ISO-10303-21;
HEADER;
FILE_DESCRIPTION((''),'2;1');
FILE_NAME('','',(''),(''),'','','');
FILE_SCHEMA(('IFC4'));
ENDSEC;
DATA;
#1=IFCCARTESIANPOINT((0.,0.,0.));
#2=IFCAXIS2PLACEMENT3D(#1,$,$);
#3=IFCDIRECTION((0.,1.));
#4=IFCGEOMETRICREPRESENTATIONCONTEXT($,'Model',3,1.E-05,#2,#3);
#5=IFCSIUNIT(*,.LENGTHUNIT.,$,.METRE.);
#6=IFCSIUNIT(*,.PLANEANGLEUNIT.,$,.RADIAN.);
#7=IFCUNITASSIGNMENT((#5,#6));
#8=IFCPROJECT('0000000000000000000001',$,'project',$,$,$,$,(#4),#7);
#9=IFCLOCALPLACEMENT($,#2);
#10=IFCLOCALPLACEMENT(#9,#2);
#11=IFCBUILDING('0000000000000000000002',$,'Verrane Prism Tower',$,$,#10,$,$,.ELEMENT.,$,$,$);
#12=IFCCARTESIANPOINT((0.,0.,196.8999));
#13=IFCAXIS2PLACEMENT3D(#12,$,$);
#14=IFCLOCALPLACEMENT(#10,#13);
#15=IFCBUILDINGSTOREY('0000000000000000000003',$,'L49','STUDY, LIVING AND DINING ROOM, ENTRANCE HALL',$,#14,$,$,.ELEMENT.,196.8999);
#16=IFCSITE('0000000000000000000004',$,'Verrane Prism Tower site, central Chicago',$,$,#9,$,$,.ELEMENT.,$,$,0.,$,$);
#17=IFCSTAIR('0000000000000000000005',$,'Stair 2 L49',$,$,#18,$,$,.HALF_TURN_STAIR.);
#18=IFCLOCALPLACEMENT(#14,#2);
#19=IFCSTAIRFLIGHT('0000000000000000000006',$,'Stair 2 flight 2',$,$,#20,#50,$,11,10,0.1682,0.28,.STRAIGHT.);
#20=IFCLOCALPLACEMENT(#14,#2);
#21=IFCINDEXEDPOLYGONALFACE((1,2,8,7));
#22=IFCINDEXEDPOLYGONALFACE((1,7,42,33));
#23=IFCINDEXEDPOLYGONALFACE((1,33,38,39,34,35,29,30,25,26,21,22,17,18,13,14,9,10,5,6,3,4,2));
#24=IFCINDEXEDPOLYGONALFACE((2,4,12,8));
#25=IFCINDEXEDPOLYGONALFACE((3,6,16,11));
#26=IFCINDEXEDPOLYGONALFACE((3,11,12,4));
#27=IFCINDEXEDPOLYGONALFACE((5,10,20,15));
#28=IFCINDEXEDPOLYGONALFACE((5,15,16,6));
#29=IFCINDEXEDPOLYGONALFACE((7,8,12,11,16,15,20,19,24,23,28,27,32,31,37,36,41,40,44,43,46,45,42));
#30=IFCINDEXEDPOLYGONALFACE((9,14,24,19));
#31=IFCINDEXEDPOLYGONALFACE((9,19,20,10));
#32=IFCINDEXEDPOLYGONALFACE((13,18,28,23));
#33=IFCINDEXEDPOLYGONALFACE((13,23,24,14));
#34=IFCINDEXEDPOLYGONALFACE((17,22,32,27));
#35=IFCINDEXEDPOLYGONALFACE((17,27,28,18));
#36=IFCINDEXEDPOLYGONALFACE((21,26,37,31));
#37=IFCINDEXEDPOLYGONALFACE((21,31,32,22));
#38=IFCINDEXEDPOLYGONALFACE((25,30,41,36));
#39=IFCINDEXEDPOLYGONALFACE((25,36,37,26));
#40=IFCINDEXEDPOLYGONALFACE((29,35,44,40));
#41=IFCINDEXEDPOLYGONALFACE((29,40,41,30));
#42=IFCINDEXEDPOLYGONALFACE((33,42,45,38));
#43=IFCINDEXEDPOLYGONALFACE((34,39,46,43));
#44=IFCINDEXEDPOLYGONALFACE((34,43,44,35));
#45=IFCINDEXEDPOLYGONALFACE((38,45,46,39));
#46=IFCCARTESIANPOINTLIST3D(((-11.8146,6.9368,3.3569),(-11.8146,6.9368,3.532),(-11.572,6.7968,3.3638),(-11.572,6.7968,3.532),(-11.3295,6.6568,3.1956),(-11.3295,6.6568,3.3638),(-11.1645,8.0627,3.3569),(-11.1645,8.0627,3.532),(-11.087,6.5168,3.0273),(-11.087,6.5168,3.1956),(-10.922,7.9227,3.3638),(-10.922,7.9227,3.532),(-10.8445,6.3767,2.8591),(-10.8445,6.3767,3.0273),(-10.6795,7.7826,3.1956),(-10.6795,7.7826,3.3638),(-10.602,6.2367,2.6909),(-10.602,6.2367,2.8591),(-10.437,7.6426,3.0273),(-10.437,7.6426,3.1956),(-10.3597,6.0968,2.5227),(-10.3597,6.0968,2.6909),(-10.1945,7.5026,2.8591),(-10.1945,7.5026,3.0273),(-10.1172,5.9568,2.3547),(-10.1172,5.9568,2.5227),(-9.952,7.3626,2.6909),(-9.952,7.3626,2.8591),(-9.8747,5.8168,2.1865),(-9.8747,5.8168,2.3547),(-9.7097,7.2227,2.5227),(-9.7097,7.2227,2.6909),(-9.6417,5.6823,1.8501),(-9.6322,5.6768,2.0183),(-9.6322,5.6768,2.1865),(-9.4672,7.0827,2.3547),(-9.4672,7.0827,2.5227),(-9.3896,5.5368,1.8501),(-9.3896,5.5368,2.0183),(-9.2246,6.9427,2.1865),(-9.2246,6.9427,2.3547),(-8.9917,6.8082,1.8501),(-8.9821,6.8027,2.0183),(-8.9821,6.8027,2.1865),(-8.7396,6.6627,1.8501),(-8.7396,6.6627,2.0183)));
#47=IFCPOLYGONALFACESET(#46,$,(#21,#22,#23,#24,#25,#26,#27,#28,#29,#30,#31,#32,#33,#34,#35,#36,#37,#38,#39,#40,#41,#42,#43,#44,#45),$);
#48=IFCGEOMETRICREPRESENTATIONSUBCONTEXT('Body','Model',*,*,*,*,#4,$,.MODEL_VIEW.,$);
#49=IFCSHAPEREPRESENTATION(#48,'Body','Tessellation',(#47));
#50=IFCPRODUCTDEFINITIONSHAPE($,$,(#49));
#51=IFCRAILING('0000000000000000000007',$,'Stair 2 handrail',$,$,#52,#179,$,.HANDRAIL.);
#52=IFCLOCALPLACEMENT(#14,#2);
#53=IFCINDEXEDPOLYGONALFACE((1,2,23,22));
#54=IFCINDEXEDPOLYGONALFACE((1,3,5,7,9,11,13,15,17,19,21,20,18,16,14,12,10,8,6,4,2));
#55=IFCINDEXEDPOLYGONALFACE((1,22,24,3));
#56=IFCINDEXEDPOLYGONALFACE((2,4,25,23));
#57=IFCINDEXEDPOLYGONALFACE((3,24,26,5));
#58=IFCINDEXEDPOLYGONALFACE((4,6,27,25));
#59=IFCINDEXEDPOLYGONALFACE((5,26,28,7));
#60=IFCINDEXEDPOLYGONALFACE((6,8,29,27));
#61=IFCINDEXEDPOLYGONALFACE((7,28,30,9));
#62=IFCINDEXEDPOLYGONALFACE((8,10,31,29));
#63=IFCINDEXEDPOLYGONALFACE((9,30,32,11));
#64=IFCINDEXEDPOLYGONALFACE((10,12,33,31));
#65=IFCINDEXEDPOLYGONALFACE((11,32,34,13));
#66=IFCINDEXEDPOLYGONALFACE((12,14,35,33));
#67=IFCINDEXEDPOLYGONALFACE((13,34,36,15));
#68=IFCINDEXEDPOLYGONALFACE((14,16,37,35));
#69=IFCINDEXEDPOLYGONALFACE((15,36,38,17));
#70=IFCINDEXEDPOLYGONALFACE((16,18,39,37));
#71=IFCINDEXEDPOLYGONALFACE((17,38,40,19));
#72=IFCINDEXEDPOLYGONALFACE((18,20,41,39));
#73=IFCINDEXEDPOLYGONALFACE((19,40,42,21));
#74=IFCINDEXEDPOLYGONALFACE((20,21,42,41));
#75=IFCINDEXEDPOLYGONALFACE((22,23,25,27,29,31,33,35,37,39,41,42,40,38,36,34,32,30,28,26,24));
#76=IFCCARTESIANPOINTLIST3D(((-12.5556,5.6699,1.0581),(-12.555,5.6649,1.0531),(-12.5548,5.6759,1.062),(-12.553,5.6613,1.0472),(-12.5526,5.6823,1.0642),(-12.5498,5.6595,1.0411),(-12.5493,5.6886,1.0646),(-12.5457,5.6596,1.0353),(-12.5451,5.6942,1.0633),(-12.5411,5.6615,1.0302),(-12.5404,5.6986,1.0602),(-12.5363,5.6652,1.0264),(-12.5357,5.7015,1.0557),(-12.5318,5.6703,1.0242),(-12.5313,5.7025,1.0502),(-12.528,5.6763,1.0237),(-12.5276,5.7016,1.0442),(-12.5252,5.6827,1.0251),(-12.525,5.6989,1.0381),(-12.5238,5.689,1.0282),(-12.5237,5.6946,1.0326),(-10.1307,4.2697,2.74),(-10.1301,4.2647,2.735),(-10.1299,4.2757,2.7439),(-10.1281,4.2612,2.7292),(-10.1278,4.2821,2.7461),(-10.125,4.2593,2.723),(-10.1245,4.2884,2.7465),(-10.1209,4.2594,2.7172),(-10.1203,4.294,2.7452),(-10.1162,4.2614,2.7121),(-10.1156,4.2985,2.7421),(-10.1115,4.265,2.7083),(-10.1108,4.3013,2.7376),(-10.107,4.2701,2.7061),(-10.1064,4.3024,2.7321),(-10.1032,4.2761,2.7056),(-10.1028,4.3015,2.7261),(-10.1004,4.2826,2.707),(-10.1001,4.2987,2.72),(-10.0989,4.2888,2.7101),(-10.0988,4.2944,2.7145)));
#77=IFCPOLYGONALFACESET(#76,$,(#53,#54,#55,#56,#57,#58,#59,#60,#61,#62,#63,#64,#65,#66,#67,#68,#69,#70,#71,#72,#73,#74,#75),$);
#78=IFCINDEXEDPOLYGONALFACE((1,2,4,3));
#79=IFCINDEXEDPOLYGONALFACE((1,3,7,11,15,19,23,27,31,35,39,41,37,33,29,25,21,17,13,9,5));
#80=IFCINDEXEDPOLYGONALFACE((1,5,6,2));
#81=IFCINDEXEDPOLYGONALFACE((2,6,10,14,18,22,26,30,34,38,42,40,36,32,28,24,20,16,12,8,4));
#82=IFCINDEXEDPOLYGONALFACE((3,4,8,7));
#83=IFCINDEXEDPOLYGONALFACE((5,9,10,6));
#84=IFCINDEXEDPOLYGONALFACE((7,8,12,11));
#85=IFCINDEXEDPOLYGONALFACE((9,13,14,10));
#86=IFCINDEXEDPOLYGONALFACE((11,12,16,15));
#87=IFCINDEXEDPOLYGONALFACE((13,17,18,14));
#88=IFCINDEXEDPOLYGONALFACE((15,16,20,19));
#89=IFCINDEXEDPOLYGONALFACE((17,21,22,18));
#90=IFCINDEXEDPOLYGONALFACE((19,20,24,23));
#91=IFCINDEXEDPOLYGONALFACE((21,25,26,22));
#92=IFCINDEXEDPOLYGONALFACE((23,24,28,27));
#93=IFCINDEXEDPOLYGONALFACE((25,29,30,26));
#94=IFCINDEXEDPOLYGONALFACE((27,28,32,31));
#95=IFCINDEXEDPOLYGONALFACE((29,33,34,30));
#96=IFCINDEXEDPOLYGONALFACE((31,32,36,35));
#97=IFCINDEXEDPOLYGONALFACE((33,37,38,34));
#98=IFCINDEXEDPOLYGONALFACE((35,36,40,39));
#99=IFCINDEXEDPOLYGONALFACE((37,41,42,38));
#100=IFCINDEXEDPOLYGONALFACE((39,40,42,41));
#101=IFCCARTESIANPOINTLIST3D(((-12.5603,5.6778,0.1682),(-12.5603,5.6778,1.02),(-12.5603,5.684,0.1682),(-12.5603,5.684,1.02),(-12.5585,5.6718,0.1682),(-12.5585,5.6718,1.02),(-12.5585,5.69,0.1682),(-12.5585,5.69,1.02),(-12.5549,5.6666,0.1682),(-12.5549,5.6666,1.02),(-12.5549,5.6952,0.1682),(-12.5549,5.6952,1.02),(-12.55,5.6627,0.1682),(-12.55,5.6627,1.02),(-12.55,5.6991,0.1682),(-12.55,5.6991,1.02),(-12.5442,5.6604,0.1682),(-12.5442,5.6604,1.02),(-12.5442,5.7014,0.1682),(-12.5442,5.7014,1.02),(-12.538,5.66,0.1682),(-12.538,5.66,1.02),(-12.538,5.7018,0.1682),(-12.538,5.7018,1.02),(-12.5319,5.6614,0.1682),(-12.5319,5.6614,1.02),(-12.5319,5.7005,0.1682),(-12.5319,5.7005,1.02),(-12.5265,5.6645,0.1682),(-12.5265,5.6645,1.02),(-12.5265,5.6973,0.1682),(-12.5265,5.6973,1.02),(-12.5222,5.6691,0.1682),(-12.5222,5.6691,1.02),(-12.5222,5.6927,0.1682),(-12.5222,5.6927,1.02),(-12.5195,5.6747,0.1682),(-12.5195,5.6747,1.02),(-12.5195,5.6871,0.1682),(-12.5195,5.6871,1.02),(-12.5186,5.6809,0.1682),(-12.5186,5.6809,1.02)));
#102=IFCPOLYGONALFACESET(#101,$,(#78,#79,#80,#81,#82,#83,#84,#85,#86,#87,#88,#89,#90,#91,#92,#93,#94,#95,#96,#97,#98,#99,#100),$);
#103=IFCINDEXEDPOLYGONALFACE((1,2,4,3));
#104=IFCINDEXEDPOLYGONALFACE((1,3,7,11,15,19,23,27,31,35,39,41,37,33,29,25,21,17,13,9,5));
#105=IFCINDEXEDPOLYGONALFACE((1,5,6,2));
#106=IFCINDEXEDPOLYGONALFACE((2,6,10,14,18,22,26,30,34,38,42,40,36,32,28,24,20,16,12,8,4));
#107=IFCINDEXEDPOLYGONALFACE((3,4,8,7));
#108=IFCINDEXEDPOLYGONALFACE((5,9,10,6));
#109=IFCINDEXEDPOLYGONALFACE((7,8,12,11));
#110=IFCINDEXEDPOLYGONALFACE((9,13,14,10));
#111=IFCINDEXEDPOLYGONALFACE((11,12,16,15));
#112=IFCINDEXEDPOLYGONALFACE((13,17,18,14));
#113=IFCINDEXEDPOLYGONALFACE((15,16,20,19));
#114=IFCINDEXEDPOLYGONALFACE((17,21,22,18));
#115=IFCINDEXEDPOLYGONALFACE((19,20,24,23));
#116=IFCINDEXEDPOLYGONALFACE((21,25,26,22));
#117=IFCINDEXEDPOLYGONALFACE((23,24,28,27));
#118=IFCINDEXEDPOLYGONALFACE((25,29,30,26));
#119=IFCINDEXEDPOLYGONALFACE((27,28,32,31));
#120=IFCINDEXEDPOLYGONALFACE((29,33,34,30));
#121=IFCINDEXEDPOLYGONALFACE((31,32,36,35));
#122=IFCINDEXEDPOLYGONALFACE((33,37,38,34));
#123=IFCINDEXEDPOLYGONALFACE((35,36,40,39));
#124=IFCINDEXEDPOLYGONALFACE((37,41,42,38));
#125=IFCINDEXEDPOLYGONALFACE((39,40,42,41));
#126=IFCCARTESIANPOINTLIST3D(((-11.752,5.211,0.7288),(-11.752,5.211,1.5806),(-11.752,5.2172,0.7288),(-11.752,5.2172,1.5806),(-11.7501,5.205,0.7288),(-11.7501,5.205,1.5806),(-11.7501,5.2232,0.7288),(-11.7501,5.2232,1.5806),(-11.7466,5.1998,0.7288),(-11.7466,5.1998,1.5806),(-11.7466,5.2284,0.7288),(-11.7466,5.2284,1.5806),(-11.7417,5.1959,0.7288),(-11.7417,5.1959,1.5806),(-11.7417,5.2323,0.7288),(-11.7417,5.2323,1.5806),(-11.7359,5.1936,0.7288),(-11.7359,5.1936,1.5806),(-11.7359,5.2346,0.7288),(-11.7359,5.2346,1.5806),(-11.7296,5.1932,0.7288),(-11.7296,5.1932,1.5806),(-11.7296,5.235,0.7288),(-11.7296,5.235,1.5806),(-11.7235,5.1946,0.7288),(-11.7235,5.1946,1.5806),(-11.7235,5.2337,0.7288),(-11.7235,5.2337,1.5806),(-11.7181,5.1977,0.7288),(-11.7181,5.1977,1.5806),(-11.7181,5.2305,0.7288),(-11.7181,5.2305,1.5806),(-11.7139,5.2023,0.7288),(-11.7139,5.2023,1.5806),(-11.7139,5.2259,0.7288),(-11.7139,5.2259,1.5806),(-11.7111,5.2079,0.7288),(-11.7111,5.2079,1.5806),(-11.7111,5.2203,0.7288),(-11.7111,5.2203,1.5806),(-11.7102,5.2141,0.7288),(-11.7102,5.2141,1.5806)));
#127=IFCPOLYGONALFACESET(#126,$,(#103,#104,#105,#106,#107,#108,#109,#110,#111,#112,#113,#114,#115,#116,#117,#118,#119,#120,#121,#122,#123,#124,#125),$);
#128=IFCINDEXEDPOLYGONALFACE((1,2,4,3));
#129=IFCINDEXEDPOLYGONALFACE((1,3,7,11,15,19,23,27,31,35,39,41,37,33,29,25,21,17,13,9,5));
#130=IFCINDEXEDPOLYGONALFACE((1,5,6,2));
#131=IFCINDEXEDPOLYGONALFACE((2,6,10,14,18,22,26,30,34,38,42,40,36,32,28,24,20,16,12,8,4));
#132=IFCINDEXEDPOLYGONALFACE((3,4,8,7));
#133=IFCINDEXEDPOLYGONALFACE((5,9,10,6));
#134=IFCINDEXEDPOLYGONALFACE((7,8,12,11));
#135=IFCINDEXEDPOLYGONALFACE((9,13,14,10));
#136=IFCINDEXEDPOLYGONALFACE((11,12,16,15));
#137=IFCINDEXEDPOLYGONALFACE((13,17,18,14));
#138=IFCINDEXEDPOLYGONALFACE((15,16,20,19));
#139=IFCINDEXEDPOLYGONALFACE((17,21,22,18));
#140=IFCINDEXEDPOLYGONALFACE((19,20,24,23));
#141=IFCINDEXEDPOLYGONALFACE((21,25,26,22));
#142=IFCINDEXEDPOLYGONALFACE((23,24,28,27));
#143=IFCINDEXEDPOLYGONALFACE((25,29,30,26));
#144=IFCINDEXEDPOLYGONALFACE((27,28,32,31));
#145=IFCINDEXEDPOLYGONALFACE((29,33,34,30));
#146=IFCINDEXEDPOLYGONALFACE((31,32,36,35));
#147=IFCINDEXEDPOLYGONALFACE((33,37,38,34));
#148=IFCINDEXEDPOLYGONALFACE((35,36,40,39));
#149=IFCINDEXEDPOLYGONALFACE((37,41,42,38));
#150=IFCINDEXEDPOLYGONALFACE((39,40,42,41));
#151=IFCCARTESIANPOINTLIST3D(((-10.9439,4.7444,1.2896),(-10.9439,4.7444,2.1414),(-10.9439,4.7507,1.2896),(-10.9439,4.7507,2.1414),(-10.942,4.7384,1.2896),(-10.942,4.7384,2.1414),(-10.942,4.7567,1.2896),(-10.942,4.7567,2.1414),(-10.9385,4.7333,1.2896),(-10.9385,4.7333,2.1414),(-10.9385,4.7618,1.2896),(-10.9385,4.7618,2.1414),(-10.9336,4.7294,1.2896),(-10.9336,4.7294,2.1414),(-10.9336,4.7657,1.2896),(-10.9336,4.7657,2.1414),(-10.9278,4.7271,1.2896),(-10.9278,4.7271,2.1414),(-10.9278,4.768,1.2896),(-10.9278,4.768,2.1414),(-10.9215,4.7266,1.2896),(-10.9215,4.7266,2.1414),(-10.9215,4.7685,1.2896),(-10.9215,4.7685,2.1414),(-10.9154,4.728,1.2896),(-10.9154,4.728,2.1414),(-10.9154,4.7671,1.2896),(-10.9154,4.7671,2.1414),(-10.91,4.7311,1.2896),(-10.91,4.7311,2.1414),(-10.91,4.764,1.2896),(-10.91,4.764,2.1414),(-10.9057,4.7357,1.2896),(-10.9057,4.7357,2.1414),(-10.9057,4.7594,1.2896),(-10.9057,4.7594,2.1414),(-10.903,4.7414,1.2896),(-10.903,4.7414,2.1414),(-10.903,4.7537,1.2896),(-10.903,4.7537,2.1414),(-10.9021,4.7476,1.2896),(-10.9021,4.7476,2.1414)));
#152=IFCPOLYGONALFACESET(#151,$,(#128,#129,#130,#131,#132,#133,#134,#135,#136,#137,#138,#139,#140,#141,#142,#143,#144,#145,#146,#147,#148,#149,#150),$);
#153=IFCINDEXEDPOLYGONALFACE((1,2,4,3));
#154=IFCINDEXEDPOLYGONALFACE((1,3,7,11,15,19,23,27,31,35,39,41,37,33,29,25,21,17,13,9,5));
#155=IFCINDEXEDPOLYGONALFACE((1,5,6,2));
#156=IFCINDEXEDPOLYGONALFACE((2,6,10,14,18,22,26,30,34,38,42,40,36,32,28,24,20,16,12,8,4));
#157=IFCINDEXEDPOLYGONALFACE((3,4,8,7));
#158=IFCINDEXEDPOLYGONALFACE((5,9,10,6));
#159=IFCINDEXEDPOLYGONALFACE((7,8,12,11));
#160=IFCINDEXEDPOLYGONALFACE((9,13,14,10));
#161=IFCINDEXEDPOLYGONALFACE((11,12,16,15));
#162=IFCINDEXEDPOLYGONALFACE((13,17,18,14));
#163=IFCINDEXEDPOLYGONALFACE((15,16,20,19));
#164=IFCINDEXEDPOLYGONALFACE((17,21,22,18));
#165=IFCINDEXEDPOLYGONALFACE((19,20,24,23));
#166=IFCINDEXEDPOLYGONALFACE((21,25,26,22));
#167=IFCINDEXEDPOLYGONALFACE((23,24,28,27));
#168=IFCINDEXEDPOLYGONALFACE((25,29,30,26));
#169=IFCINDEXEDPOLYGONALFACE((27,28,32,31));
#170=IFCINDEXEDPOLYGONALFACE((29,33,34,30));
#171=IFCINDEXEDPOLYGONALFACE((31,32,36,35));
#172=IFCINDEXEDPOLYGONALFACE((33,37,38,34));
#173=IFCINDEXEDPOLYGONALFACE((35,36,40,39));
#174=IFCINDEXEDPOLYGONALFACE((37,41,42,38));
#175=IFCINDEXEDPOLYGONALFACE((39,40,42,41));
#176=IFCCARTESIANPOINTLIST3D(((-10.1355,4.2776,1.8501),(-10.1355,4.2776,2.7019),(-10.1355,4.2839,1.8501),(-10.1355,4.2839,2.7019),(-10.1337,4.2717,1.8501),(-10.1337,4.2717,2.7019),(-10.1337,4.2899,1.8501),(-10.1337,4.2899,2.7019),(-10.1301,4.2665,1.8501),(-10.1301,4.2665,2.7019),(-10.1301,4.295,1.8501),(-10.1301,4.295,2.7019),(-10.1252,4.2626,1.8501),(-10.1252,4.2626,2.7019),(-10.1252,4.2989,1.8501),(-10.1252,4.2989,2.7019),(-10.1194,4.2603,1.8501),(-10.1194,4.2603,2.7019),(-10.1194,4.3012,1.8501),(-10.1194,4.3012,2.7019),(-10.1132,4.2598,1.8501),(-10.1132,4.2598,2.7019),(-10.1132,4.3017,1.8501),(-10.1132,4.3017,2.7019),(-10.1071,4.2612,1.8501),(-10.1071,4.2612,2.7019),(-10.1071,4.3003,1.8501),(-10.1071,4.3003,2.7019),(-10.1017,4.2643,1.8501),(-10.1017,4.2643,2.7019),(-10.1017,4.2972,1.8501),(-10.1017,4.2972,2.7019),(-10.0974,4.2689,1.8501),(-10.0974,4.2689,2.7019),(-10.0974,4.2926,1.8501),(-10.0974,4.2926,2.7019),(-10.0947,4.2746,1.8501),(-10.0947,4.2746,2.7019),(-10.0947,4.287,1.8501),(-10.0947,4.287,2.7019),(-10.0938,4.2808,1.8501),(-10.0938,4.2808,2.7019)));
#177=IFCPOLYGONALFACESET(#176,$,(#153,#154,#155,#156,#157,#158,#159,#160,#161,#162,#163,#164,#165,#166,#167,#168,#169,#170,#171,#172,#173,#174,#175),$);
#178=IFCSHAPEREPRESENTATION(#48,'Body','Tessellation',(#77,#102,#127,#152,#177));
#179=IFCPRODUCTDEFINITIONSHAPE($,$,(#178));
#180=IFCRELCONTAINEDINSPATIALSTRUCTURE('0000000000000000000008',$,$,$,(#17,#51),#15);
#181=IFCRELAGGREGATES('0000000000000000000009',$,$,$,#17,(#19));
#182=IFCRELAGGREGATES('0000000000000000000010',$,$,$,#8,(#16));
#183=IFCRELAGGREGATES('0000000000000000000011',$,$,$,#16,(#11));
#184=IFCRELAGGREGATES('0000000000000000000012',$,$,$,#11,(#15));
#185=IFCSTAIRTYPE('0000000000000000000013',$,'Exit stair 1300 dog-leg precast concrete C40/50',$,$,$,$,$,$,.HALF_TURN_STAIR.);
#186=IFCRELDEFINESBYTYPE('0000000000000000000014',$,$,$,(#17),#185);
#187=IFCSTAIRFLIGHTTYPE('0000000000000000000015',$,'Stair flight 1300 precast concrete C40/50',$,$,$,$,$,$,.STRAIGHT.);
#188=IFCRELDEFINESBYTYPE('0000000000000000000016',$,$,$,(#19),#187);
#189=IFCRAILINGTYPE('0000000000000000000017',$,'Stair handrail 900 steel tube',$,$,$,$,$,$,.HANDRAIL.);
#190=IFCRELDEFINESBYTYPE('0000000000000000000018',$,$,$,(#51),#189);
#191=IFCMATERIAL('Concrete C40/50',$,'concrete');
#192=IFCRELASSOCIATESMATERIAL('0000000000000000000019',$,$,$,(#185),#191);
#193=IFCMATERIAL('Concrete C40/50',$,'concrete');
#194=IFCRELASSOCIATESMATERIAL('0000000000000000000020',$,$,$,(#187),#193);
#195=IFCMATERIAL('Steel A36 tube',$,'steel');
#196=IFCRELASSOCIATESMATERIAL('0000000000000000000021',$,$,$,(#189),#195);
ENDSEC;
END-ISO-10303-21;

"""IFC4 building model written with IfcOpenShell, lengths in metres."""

from ifc_helpers import new_model, si_unit, direction, frame, origin, origin_2d, place, context, subcontext, project, spatial, polyline, circle, outline, extrude, material, type_object, element, aggregate, save


model = new_model("IFC4")

# Units and contexts
model_context = context("Model", 3, precision=1e-05, world=origin(), true_north=direction((0.0, 1.0)))
body_context = subcontext(model_context, "Body", "Model", "MODEL_VIEW")
ifc_project = project(units=[si_unit("LENGTHUNIT", "METRE"), si_unit("PLANEANGLEUNIT", "RADIAN")], contexts=[model_context])

# Site, building, storey
site_placement = place(None, origin())
site = spatial("IfcSite", under=ifc_project, at=site_placement, Name="Verrane Prism Tower site, central Chicago", CompositionType="ELEMENT", RefElevation=0.0)
building_placement = place(site_placement, origin())
building = spatial("IfcBuilding", under=site, at=building_placement, Name="Verrane Prism Tower", CompositionType="ELEMENT")
storey_placement = place(building_placement, frame((0.0, 0.0, 196.8999)))
storey = spatial("IfcBuildingStorey", under=building, at=storey_placement, Name="L49", Description="STUDY, LIVING AND DINING ROOM, ENTRANCE HALL", CompositionType="ELEMENT", Elevation=196.8999)

# Stair, stair flight
ifc_material_1 = material(Name="Concrete C40/50", Category="concrete")
stair_type = type_object("IfcStairType", Name="Exit stair 1300 dog-leg precast concrete C40/50", PredefinedType="HALF_TURN_STAIR", material=ifc_material_1)
stair_placement = place(storey_placement, origin())
stair = element("IfcStair", 1, at=stair_placement, inside=storey, type_object=stair_type, Name="Stair 2 L49", PredefinedType="HALF_TURN_STAIR")
ifc_material_2 = material(Name="Concrete C40/50", Category="concrete")
stair_flight_type = type_object("IfcStairFlightType", Name="Stair flight 1300 precast concrete C40/50", PredefinedType="STRAIGHT", material=ifc_material_2)
stair_flight_1_placement = place(storey_placement, frame((-9.0647, 6.0996, 1.8501), z_axis=(0.0, 0.0, 1.0), x_axis=(-0.866025, 0.5, 0.0)))
stair_flight_1 = element("IfcStairFlight", 2, at=stair_flight_1_placement, type_object=stair_flight_type, Name="Stair 2 flight 2", NumberOfRisers=11, NumberOfTreads=10, PredefinedType="STRAIGHT", RiserHeight=0.1682, TreadLength=0.28, context=body_context, shape_type="SweptSolid", body=[
    extrude(outline(polyline([(0.0, 0.0), (0.0, 0.1682), (0.28, 0.1682), (0.28, 0.3364), (0.5601, 0.3364), (0.5601, 0.5046), (0.8401, 0.5046), (0.8401, 0.6726), (1.1201, 0.6726), (1.1201, 0.8408), (1.3999, 0.8408), (1.3999, 1.009), (1.6799, 1.009), (1.6799, 1.1772), (1.96, 1.1772), (1.96, 1.3455), (2.24, 1.3455), (2.24, 1.5137), (2.52, 1.5137), (2.52, 1.6819), (2.8, 1.6819), (2.8, 1.8501), (2.8, 1.5068), (0.291, 0.0), (0.0, 0.0)])), frame((0.0, 0.6499, 0.0), z_axis=(0.0, -1.0, 0.0), x_axis=(1.0, 0.0, 0.0)), (0.0, 0.0, 1.0), 1.3),
])
aggregate(stair, [stair_flight_1])

# Railing
ifc_material_3 = material(Name="Steel A36 tube", Category="steel")
railing_type_1 = type_object("IfcRailingType", Name="Stair handrail 900 steel tube", PredefinedType="HANDRAIL", material=ifc_material_3)
railing_1_placement = place(storey_placement, frame((-12.5396, 5.6809, 0.1682)))
element("IfcRailing", 3, at=railing_1_placement, inside=storey, type_object=railing_type_1, Name="Stair 2 handrail", PredefinedType="HANDRAIL", context=body_context, shape_type="SweptSolid", body=[
    extrude(circle(Radius=0.0239, at=origin_2d()), frame((0.0, 0.0, 0.876), z_axis=(0.742367, -0.428662, 0.514918), x_axis=(0.50005, 0.865997, 0.0)), (0.0, 0.0, 1.0), 3.2664),
    extrude(circle(Radius=0.021, at=origin_2d()), origin(), (0.0, 0.0, 1.0), 0.8518),
    extrude(circle(Radius=0.021, at=origin_2d()), frame((0.8083, -0.4668, 0.5605)), (0.0, 0.0, 1.0), 0.8518),
    extrude(circle(Radius=0.021, at=origin_2d()), frame((1.6165, -0.9333, 1.1213)), (0.0, 0.0, 1.0), 0.8518),
    extrude(circle(Radius=0.021, at=origin_2d()), frame((2.4248, -1.4001, 1.6819)), (0.0, 0.0, 1.0), 0.8518),
])

save(model, "model.ifc")
